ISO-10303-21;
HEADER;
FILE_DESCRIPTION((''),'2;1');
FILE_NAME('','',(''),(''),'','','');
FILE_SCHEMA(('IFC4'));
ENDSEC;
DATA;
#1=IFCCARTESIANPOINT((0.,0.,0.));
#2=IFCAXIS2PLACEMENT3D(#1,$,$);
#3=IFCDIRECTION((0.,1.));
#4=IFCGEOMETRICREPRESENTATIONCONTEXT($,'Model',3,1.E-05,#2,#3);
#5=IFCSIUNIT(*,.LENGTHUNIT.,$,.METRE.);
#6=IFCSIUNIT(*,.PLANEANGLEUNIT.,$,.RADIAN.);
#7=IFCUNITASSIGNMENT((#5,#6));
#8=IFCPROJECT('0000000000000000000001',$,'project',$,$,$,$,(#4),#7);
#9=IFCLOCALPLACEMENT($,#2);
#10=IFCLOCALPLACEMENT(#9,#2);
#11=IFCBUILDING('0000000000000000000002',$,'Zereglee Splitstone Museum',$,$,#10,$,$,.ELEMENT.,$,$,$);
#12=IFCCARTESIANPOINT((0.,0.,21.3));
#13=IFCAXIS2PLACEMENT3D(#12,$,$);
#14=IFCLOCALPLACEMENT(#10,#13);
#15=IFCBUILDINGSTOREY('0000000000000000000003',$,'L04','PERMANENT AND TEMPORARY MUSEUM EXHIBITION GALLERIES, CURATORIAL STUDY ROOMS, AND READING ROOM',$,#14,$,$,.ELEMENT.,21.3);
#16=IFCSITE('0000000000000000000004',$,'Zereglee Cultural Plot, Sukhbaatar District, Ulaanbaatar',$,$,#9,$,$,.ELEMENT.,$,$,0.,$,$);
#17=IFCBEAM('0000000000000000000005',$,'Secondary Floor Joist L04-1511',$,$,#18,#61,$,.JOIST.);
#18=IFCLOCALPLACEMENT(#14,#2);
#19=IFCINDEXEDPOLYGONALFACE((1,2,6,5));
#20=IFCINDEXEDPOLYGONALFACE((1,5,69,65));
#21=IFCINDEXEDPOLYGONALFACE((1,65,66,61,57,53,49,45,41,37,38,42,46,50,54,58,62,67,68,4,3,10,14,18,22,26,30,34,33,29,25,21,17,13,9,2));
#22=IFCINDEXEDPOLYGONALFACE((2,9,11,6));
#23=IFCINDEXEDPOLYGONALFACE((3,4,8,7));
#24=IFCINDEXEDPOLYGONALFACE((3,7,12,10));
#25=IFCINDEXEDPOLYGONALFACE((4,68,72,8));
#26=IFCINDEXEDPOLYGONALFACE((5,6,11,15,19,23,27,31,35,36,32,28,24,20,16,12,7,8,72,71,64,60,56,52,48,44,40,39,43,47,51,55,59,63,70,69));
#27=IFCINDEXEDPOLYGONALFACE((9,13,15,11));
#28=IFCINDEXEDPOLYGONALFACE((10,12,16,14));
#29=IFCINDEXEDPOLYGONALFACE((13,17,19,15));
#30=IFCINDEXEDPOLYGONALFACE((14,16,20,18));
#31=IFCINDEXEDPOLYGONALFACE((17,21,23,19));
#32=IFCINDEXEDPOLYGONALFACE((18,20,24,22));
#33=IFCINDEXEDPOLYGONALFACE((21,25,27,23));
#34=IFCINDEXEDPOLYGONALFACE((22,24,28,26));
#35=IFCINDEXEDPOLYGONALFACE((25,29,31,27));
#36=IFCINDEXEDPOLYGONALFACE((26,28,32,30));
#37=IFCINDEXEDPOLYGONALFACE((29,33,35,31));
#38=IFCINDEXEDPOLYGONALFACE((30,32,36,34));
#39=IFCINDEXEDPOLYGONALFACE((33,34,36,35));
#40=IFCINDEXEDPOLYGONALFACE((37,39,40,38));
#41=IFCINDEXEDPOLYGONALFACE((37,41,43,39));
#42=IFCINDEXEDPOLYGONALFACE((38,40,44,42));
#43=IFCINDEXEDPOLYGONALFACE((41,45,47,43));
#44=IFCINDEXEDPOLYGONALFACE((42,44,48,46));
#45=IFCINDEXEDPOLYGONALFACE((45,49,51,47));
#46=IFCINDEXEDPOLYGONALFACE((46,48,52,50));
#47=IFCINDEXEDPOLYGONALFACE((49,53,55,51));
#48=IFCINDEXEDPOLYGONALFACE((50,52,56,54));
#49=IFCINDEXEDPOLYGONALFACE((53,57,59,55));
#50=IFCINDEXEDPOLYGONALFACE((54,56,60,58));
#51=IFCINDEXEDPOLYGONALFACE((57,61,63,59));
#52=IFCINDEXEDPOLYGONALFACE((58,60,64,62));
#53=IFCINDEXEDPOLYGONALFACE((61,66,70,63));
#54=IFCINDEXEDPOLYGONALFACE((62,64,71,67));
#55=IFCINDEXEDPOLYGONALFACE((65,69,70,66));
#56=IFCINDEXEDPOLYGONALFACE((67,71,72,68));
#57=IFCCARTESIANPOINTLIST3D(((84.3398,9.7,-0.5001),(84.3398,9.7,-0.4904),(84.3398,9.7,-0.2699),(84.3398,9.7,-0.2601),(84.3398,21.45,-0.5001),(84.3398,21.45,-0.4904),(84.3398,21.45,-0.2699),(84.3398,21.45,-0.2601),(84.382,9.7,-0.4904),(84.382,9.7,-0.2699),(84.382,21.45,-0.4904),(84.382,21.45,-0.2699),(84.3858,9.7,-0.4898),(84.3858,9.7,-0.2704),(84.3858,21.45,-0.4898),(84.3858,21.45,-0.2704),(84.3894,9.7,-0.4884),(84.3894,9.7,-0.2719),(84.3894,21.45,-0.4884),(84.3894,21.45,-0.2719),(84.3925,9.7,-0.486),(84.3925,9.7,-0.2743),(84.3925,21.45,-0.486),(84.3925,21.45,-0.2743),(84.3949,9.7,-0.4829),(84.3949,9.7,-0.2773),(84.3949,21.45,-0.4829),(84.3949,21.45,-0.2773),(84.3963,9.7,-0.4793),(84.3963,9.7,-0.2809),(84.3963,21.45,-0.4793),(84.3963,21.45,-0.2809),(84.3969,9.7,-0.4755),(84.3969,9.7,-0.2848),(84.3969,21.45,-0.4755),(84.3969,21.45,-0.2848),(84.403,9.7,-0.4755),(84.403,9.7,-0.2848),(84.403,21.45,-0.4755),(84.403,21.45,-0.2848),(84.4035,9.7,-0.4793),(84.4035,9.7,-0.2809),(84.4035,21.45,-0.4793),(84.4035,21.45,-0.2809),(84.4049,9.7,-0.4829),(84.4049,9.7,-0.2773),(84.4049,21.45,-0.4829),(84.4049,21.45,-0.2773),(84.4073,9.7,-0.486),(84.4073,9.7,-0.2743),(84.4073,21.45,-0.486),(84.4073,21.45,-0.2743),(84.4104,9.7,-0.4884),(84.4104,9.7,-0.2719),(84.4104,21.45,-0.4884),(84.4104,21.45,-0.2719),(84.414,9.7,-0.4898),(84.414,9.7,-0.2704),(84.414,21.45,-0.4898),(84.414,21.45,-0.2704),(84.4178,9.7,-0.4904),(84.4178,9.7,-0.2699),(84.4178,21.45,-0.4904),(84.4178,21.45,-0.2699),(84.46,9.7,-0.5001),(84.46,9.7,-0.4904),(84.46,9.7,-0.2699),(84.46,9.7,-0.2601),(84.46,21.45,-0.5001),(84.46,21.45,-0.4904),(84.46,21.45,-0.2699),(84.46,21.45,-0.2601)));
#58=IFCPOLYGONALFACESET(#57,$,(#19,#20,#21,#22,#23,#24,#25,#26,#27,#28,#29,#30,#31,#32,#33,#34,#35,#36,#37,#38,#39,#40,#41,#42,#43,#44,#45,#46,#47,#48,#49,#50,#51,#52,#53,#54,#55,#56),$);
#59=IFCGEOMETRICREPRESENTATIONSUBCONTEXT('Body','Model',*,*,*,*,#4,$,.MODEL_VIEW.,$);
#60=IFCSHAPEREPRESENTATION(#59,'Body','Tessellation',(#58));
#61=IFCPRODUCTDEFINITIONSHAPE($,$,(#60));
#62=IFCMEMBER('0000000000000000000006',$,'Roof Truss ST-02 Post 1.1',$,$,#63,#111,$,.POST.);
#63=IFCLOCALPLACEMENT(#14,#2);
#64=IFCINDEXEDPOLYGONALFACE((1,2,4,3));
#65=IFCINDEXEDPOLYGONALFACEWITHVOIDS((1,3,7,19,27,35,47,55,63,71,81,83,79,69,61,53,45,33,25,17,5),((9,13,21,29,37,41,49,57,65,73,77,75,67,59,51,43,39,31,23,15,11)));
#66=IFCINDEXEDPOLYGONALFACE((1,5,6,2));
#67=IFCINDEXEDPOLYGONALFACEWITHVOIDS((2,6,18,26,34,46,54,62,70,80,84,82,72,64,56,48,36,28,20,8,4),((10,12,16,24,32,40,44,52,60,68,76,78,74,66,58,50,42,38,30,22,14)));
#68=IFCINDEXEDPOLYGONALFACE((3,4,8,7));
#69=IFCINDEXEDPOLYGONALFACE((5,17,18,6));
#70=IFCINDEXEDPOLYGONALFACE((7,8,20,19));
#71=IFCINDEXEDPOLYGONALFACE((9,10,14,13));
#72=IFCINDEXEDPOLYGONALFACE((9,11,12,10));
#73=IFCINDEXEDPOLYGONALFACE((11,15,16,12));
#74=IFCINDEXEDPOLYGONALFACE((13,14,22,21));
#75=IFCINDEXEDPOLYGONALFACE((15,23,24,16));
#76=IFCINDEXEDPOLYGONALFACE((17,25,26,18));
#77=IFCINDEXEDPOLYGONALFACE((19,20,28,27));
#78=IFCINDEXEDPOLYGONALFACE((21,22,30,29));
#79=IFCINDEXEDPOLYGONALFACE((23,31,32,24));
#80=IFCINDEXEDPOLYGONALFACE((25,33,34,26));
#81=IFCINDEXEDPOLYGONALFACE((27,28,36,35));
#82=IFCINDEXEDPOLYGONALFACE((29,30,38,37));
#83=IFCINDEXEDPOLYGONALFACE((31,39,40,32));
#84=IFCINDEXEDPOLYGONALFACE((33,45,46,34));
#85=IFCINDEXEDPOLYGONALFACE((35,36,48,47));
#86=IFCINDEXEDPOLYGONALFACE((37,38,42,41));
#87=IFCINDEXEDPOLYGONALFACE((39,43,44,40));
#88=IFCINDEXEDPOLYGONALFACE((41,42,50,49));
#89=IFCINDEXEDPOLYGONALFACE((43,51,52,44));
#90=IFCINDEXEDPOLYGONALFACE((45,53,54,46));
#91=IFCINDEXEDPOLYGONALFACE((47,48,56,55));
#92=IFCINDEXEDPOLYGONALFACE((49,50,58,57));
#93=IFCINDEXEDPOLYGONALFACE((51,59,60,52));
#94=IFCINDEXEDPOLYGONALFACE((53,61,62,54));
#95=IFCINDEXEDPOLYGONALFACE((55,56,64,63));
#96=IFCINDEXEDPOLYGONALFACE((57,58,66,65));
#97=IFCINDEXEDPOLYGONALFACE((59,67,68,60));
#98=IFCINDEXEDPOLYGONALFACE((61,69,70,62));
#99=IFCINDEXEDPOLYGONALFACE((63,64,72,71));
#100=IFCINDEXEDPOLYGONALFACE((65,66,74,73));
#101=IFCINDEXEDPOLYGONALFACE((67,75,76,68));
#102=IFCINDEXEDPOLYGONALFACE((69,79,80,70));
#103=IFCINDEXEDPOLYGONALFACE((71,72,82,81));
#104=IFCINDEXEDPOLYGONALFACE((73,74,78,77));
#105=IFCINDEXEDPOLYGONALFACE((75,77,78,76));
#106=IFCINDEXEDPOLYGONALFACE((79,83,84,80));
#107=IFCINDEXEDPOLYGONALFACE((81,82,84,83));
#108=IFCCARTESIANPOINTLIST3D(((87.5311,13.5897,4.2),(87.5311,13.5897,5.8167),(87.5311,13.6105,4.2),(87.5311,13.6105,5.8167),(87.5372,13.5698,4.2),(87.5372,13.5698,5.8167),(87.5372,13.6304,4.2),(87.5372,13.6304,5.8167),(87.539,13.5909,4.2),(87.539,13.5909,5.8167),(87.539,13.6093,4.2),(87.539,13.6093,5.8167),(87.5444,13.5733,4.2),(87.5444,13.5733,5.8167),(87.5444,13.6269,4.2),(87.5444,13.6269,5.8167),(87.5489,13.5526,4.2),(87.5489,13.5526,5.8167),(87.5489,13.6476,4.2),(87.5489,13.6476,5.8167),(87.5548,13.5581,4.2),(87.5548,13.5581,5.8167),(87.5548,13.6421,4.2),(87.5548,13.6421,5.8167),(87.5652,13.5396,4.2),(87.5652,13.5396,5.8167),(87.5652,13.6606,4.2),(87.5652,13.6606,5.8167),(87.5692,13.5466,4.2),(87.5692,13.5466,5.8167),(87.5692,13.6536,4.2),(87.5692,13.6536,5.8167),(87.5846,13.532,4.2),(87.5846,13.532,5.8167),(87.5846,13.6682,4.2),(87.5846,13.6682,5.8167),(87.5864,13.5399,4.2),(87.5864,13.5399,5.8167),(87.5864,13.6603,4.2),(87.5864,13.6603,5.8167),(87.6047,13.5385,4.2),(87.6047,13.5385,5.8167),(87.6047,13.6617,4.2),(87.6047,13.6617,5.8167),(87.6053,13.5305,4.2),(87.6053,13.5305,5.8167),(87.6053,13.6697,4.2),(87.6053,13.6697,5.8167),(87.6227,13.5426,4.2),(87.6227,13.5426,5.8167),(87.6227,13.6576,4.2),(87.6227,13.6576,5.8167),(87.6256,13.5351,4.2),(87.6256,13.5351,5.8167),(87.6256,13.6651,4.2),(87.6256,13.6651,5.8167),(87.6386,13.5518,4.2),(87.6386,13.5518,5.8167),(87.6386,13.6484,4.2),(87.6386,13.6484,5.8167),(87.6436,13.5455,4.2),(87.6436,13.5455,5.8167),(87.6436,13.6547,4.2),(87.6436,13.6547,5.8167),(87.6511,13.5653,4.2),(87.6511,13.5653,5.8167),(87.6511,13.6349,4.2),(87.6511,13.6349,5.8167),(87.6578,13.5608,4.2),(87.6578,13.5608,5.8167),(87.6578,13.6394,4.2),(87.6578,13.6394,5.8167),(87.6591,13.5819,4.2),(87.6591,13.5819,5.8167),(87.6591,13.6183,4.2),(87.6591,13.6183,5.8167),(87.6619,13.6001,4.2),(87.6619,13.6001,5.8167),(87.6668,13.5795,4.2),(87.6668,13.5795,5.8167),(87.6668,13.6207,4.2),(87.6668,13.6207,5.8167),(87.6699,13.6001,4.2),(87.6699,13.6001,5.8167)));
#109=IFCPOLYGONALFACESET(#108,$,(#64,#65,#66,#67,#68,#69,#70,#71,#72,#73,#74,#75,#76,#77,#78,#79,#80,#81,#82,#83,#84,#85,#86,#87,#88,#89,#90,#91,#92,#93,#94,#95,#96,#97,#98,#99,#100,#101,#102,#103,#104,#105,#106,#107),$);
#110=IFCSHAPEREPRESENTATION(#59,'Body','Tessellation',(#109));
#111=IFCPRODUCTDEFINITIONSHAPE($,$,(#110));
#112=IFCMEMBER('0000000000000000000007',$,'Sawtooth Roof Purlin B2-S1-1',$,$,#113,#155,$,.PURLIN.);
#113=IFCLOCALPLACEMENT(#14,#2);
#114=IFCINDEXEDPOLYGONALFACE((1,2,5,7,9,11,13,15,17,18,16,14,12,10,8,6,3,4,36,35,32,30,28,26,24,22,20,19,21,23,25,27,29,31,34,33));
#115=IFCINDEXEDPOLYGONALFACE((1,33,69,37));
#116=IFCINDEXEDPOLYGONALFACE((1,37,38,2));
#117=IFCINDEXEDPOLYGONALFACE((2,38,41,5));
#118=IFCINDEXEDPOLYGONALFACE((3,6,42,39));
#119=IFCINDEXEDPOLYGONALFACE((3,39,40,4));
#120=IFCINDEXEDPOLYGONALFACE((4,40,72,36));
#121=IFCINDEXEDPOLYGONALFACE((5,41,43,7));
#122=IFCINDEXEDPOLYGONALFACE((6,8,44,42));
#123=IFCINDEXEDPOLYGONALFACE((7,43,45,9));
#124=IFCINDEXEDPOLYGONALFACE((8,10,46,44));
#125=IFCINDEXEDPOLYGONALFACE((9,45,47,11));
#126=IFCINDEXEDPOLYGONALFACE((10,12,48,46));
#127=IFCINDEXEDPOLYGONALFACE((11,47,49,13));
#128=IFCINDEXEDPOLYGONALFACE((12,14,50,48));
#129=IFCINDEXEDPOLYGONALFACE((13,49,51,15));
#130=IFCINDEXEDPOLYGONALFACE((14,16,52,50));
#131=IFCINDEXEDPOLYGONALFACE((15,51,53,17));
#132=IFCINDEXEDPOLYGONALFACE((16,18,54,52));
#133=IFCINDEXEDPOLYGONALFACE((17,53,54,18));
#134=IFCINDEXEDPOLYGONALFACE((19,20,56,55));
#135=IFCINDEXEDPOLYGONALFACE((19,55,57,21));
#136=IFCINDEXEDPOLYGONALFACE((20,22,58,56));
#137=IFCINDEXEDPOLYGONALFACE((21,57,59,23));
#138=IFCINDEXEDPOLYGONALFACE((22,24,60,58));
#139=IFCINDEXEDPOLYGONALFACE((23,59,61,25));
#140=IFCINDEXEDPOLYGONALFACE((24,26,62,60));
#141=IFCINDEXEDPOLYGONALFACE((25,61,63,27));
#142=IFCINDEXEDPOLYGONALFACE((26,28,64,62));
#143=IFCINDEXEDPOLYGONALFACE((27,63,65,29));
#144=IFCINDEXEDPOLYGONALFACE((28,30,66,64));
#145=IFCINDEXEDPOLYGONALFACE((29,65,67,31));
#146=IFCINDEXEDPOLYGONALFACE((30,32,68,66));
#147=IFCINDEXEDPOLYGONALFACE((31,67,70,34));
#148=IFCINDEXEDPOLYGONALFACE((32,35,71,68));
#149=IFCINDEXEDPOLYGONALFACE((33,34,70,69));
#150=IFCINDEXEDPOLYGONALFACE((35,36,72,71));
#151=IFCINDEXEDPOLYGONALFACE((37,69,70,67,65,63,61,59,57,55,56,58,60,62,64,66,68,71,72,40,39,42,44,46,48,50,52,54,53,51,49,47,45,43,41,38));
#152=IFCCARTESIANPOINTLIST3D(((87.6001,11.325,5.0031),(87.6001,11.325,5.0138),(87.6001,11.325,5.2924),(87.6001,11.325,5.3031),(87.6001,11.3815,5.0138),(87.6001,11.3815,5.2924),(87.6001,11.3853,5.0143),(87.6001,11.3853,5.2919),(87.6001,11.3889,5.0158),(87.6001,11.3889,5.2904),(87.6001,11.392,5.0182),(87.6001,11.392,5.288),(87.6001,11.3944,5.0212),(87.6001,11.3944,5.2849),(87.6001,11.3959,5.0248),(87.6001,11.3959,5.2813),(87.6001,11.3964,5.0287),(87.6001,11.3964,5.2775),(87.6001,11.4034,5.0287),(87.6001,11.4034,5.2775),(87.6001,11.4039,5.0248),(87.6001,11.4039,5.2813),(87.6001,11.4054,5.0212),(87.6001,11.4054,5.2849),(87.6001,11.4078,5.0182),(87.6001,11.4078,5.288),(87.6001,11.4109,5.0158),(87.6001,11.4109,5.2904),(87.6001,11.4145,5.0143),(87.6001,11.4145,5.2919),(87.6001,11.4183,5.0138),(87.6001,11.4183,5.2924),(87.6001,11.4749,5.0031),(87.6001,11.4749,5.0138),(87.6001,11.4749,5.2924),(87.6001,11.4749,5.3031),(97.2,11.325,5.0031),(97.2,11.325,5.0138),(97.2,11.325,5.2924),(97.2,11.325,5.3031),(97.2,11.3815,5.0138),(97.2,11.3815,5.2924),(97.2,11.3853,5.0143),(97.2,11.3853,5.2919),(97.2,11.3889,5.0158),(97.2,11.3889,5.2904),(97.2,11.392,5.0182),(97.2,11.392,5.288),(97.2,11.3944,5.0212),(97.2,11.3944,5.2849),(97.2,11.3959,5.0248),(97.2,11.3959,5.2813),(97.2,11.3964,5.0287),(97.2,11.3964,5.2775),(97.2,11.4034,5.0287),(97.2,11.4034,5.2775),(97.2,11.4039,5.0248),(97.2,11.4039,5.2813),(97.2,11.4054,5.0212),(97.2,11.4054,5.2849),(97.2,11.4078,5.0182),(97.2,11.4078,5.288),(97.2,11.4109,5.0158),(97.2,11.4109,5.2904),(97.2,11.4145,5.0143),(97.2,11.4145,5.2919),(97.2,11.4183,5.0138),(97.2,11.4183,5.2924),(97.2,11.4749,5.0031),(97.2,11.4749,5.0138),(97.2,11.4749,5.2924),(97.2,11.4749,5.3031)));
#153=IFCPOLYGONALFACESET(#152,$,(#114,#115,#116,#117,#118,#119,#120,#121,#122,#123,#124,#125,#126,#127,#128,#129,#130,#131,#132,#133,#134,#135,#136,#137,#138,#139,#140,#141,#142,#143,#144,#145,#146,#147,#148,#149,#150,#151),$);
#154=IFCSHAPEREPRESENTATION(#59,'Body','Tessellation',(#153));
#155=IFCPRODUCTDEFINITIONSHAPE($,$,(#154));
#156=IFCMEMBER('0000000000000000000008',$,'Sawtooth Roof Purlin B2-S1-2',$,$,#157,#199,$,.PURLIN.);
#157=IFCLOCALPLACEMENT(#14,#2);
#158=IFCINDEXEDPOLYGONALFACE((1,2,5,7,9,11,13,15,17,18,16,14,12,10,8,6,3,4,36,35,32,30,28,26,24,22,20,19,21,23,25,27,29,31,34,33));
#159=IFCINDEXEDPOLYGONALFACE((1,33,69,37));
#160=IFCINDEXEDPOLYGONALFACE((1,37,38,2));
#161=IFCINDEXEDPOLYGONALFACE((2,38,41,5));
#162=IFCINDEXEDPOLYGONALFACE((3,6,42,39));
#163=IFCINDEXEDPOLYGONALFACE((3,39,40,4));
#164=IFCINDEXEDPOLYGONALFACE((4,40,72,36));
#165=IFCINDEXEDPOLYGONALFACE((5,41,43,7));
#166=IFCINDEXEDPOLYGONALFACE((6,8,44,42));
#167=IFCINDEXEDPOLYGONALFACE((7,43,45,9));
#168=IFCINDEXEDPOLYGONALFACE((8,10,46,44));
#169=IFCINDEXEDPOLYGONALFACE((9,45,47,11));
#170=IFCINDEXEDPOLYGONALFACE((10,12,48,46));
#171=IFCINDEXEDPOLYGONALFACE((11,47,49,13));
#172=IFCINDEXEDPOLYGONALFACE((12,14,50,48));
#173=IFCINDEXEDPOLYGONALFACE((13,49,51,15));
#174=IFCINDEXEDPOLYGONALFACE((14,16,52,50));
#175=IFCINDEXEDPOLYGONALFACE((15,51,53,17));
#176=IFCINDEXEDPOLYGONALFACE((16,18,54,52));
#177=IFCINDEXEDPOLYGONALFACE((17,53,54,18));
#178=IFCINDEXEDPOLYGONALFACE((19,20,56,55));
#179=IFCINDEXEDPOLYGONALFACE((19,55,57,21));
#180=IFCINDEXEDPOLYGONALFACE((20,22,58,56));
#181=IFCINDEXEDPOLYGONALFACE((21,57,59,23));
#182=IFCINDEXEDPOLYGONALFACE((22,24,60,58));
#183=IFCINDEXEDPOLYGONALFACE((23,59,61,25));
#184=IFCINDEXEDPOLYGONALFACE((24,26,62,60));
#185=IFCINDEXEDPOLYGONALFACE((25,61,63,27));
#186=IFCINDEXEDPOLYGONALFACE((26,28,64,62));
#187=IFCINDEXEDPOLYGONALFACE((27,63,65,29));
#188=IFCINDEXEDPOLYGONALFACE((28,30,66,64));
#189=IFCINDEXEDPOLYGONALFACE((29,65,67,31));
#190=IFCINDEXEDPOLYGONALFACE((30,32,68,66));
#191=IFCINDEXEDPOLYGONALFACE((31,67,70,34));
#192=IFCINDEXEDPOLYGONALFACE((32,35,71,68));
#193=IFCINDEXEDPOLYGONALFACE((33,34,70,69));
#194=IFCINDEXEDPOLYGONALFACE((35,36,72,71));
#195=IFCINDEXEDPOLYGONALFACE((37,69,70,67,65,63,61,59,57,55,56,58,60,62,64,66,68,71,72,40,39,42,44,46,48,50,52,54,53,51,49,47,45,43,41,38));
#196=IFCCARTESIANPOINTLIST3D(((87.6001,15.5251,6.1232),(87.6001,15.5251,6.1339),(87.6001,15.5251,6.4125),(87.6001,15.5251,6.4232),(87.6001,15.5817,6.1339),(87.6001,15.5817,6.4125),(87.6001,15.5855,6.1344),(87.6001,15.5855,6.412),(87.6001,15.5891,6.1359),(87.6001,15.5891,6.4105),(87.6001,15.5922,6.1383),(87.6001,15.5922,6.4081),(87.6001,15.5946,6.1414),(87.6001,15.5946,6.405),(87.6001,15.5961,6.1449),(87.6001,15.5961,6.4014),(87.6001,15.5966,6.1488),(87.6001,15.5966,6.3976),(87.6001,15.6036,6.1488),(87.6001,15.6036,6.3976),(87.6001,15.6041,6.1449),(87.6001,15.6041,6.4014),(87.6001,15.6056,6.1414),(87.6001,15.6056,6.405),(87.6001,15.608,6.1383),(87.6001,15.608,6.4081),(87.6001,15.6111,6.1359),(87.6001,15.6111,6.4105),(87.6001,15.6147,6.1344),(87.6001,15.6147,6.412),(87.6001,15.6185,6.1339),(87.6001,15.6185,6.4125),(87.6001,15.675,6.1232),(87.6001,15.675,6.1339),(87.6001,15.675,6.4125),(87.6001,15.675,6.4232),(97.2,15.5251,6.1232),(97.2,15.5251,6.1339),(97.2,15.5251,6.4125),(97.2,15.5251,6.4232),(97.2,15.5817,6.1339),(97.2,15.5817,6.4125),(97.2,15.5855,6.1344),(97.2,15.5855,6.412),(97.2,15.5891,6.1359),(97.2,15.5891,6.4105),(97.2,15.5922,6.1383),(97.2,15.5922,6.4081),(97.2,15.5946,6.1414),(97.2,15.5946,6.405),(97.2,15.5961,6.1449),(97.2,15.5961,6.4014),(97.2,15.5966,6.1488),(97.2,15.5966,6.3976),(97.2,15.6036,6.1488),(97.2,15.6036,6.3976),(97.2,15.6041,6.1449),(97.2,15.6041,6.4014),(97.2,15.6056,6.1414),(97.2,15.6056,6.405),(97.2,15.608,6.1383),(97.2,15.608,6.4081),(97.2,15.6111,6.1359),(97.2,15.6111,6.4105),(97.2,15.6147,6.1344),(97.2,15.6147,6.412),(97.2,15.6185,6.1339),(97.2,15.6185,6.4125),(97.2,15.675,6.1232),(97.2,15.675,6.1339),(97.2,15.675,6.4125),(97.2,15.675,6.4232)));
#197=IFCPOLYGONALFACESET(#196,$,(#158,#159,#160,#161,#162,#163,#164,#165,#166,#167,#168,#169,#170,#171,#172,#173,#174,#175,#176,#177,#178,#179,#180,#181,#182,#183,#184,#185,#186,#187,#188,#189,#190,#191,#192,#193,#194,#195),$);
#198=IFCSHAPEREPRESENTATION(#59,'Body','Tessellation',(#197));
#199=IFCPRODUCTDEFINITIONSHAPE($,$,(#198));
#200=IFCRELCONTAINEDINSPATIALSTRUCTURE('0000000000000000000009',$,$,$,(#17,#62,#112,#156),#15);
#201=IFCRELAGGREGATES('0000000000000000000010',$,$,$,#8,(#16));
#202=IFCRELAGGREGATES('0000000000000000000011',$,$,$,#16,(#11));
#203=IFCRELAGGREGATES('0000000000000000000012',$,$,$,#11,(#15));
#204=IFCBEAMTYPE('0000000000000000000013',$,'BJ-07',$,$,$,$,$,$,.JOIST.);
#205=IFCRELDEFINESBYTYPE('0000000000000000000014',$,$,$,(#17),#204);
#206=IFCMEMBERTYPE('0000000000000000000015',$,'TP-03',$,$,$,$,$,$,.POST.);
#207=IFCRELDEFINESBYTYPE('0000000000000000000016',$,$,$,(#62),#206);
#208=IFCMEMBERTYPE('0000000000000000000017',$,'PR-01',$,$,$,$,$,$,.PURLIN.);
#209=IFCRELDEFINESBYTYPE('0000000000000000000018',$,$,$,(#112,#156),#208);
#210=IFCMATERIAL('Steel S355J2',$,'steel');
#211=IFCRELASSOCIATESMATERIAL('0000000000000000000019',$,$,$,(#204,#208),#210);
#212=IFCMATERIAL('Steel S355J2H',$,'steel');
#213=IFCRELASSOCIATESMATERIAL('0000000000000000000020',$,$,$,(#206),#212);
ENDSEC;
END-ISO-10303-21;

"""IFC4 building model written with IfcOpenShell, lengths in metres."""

from ifc_helpers import new_model, si_unit, direction, frame, origin, origin_2d, place, context, subcontext, project, spatial, hollow_circle, i_section, extrude, material, material_profile, profile_set, type_object, element, save


model = new_model("IFC4")

# Units and contexts
model_context = context("Model", 3, precision=1e-05, world=origin(), true_north=direction((0.0, 1.0)))
body_context = subcontext(model_context, "Body", "Model", "MODEL_VIEW")
ifc_project = project(units=[si_unit("LENGTHUNIT", "METRE"), si_unit("PLANEANGLEUNIT", "RADIAN")], contexts=[model_context])

# Site, building, storey
site_placement = place(None, origin())
site = spatial("IfcSite", under=ifc_project, at=site_placement, Name="Zereglee Cultural Plot, Sukhbaatar District, Ulaanbaatar", CompositionType="ELEMENT", RefElevation=0.0)
building_placement = place(site_placement, origin())
building = spatial("IfcBuilding", under=site, at=building_placement, Name="Zereglee Splitstone Museum", CompositionType="ELEMENT")
storey_placement = place(building_placement, frame((0.0, 0.0, 21.3)))
storey = spatial("IfcBuildingStorey", under=building, at=storey_placement, Name="L04", Description="PERMANENT AND TEMPORARY MUSEUM EXHIBITION GALLERIES, CURATORIAL STUDY ROOMS, AND READING ROOM", CompositionType="ELEMENT", Elevation=21.3)

# Shared definitions
ifc_material_1 = material(Name="Steel S355J2", Category="steel")

# Shared definitions
ifc_material_2 = material(Name="Steel S355J2H", Category="steel")

# Beam
ifc_material_profile_1 = material_profile(ifc_material_1, i_section(OverallWidth=0.1201, OverallDepth=0.24, WebThickness=0.0061, FlangeThickness=0.0098, FilletRadius=0.0149, at=origin_2d()), Name="IPE 240")
ifc_profile_set_1 = profile_set([ifc_material_profile_1], Name="Steel S355J2")
beam_type_1 = type_object("IfcBeamType", Name="BJ-07", PredefinedType="JOIST", material=ifc_profile_set_1)
beam_1_placement = place(storey_placement, frame((84.3999, 9.7, -0.3801), z_axis=(0.0, 1.0, 0.0), x_axis=(-1.0, 0.0, 0.0)))
element("IfcBeam", 1, at=beam_1_placement, inside=storey, type_object=beam_type_1, Name="Secondary Floor Joist L04-1511", PredefinedType="JOIST", context=body_context, shape_type="SweptSolid", body=[
    extrude(i_section(OverallWidth=0.1201, OverallDepth=0.24, WebThickness=0.0061, FlangeThickness=0.0098, FilletRadius=0.0149, at=origin_2d()), origin(), (0.0, 0.0, 1.0), 11.75),
])

# Members
ifc_material_profile_2 = material_profile(ifc_material_2, hollow_circle(Radius=0.0698, WallThickness=0.0081, at=origin_2d()), Name="CHS 139.7x8")
ifc_profile_set_2 = profile_set([ifc_material_profile_2], Name="Steel S355J2H")
member_type_1 = type_object("IfcMemberType", Name="TP-03", PredefinedType="POST", material=ifc_profile_set_2)
member_1_placement = place(storey_placement, frame((87.6001, 13.6001, 4.2), z_axis=(0.0, 0.0, 1.0), x_axis=(1.0, 0.0, 0.0)))
element("IfcMember", 2, at=member_1_placement, inside=storey, type_object=member_type_1, Name="Roof Truss ST-02 Post 1.1", PredefinedType="POST", context=body_context, shape_type="SweptSolid", body=[
    extrude(hollow_circle(Radius=0.0698, WallThickness=0.0081, at=origin_2d()), origin(), (0.0, 0.0, 1.0), 1.6167),
])
ifc_material_profile_3 = material_profile(ifc_material_1, i_section(OverallWidth=0.1499, OverallDepth=0.3, WebThickness=0.0071, FlangeThickness=0.0107, FilletRadius=0.0149, at=origin_2d()), Name="IPE 300")
ifc_profile_set_3 = profile_set([ifc_material_profile_3], Name="Steel S355J2")
member_type_2 = type_object("IfcMemberType", Name="PR-01", PredefinedType="PURLIN", material=ifc_profile_set_3)
for number, where, z_axis, x_axis, name in (
    (3, (87.6001, 11.3999, 5.1531), (1.0, 0.0, 0.0), (0.0, 1.0, 0.0), "Sawtooth Roof Purlin B2-S1-1"),
    (4, (87.6001, 15.6001, 6.2732), (1.0, 0.0, 0.0), (0.0, 1.0, 0.0), "Sawtooth Roof Purlin B2-S1-2"),
):
    element("IfcMember", number, at=place(storey_placement, frame(where, z_axis=z_axis, x_axis=x_axis)), inside=storey, type_object=member_type_2, Name=name, PredefinedType="PURLIN", context=body_context, shape_type="SweptSolid", body=[
        extrude(i_section(OverallWidth=0.1499, OverallDepth=0.3, WebThickness=0.0071, FlangeThickness=0.0107, FilletRadius=0.0149, at=origin_2d()), origin(), (0.0, 0.0, 1.0), 9.5999),
    ])

save(model, "model.ifc")
